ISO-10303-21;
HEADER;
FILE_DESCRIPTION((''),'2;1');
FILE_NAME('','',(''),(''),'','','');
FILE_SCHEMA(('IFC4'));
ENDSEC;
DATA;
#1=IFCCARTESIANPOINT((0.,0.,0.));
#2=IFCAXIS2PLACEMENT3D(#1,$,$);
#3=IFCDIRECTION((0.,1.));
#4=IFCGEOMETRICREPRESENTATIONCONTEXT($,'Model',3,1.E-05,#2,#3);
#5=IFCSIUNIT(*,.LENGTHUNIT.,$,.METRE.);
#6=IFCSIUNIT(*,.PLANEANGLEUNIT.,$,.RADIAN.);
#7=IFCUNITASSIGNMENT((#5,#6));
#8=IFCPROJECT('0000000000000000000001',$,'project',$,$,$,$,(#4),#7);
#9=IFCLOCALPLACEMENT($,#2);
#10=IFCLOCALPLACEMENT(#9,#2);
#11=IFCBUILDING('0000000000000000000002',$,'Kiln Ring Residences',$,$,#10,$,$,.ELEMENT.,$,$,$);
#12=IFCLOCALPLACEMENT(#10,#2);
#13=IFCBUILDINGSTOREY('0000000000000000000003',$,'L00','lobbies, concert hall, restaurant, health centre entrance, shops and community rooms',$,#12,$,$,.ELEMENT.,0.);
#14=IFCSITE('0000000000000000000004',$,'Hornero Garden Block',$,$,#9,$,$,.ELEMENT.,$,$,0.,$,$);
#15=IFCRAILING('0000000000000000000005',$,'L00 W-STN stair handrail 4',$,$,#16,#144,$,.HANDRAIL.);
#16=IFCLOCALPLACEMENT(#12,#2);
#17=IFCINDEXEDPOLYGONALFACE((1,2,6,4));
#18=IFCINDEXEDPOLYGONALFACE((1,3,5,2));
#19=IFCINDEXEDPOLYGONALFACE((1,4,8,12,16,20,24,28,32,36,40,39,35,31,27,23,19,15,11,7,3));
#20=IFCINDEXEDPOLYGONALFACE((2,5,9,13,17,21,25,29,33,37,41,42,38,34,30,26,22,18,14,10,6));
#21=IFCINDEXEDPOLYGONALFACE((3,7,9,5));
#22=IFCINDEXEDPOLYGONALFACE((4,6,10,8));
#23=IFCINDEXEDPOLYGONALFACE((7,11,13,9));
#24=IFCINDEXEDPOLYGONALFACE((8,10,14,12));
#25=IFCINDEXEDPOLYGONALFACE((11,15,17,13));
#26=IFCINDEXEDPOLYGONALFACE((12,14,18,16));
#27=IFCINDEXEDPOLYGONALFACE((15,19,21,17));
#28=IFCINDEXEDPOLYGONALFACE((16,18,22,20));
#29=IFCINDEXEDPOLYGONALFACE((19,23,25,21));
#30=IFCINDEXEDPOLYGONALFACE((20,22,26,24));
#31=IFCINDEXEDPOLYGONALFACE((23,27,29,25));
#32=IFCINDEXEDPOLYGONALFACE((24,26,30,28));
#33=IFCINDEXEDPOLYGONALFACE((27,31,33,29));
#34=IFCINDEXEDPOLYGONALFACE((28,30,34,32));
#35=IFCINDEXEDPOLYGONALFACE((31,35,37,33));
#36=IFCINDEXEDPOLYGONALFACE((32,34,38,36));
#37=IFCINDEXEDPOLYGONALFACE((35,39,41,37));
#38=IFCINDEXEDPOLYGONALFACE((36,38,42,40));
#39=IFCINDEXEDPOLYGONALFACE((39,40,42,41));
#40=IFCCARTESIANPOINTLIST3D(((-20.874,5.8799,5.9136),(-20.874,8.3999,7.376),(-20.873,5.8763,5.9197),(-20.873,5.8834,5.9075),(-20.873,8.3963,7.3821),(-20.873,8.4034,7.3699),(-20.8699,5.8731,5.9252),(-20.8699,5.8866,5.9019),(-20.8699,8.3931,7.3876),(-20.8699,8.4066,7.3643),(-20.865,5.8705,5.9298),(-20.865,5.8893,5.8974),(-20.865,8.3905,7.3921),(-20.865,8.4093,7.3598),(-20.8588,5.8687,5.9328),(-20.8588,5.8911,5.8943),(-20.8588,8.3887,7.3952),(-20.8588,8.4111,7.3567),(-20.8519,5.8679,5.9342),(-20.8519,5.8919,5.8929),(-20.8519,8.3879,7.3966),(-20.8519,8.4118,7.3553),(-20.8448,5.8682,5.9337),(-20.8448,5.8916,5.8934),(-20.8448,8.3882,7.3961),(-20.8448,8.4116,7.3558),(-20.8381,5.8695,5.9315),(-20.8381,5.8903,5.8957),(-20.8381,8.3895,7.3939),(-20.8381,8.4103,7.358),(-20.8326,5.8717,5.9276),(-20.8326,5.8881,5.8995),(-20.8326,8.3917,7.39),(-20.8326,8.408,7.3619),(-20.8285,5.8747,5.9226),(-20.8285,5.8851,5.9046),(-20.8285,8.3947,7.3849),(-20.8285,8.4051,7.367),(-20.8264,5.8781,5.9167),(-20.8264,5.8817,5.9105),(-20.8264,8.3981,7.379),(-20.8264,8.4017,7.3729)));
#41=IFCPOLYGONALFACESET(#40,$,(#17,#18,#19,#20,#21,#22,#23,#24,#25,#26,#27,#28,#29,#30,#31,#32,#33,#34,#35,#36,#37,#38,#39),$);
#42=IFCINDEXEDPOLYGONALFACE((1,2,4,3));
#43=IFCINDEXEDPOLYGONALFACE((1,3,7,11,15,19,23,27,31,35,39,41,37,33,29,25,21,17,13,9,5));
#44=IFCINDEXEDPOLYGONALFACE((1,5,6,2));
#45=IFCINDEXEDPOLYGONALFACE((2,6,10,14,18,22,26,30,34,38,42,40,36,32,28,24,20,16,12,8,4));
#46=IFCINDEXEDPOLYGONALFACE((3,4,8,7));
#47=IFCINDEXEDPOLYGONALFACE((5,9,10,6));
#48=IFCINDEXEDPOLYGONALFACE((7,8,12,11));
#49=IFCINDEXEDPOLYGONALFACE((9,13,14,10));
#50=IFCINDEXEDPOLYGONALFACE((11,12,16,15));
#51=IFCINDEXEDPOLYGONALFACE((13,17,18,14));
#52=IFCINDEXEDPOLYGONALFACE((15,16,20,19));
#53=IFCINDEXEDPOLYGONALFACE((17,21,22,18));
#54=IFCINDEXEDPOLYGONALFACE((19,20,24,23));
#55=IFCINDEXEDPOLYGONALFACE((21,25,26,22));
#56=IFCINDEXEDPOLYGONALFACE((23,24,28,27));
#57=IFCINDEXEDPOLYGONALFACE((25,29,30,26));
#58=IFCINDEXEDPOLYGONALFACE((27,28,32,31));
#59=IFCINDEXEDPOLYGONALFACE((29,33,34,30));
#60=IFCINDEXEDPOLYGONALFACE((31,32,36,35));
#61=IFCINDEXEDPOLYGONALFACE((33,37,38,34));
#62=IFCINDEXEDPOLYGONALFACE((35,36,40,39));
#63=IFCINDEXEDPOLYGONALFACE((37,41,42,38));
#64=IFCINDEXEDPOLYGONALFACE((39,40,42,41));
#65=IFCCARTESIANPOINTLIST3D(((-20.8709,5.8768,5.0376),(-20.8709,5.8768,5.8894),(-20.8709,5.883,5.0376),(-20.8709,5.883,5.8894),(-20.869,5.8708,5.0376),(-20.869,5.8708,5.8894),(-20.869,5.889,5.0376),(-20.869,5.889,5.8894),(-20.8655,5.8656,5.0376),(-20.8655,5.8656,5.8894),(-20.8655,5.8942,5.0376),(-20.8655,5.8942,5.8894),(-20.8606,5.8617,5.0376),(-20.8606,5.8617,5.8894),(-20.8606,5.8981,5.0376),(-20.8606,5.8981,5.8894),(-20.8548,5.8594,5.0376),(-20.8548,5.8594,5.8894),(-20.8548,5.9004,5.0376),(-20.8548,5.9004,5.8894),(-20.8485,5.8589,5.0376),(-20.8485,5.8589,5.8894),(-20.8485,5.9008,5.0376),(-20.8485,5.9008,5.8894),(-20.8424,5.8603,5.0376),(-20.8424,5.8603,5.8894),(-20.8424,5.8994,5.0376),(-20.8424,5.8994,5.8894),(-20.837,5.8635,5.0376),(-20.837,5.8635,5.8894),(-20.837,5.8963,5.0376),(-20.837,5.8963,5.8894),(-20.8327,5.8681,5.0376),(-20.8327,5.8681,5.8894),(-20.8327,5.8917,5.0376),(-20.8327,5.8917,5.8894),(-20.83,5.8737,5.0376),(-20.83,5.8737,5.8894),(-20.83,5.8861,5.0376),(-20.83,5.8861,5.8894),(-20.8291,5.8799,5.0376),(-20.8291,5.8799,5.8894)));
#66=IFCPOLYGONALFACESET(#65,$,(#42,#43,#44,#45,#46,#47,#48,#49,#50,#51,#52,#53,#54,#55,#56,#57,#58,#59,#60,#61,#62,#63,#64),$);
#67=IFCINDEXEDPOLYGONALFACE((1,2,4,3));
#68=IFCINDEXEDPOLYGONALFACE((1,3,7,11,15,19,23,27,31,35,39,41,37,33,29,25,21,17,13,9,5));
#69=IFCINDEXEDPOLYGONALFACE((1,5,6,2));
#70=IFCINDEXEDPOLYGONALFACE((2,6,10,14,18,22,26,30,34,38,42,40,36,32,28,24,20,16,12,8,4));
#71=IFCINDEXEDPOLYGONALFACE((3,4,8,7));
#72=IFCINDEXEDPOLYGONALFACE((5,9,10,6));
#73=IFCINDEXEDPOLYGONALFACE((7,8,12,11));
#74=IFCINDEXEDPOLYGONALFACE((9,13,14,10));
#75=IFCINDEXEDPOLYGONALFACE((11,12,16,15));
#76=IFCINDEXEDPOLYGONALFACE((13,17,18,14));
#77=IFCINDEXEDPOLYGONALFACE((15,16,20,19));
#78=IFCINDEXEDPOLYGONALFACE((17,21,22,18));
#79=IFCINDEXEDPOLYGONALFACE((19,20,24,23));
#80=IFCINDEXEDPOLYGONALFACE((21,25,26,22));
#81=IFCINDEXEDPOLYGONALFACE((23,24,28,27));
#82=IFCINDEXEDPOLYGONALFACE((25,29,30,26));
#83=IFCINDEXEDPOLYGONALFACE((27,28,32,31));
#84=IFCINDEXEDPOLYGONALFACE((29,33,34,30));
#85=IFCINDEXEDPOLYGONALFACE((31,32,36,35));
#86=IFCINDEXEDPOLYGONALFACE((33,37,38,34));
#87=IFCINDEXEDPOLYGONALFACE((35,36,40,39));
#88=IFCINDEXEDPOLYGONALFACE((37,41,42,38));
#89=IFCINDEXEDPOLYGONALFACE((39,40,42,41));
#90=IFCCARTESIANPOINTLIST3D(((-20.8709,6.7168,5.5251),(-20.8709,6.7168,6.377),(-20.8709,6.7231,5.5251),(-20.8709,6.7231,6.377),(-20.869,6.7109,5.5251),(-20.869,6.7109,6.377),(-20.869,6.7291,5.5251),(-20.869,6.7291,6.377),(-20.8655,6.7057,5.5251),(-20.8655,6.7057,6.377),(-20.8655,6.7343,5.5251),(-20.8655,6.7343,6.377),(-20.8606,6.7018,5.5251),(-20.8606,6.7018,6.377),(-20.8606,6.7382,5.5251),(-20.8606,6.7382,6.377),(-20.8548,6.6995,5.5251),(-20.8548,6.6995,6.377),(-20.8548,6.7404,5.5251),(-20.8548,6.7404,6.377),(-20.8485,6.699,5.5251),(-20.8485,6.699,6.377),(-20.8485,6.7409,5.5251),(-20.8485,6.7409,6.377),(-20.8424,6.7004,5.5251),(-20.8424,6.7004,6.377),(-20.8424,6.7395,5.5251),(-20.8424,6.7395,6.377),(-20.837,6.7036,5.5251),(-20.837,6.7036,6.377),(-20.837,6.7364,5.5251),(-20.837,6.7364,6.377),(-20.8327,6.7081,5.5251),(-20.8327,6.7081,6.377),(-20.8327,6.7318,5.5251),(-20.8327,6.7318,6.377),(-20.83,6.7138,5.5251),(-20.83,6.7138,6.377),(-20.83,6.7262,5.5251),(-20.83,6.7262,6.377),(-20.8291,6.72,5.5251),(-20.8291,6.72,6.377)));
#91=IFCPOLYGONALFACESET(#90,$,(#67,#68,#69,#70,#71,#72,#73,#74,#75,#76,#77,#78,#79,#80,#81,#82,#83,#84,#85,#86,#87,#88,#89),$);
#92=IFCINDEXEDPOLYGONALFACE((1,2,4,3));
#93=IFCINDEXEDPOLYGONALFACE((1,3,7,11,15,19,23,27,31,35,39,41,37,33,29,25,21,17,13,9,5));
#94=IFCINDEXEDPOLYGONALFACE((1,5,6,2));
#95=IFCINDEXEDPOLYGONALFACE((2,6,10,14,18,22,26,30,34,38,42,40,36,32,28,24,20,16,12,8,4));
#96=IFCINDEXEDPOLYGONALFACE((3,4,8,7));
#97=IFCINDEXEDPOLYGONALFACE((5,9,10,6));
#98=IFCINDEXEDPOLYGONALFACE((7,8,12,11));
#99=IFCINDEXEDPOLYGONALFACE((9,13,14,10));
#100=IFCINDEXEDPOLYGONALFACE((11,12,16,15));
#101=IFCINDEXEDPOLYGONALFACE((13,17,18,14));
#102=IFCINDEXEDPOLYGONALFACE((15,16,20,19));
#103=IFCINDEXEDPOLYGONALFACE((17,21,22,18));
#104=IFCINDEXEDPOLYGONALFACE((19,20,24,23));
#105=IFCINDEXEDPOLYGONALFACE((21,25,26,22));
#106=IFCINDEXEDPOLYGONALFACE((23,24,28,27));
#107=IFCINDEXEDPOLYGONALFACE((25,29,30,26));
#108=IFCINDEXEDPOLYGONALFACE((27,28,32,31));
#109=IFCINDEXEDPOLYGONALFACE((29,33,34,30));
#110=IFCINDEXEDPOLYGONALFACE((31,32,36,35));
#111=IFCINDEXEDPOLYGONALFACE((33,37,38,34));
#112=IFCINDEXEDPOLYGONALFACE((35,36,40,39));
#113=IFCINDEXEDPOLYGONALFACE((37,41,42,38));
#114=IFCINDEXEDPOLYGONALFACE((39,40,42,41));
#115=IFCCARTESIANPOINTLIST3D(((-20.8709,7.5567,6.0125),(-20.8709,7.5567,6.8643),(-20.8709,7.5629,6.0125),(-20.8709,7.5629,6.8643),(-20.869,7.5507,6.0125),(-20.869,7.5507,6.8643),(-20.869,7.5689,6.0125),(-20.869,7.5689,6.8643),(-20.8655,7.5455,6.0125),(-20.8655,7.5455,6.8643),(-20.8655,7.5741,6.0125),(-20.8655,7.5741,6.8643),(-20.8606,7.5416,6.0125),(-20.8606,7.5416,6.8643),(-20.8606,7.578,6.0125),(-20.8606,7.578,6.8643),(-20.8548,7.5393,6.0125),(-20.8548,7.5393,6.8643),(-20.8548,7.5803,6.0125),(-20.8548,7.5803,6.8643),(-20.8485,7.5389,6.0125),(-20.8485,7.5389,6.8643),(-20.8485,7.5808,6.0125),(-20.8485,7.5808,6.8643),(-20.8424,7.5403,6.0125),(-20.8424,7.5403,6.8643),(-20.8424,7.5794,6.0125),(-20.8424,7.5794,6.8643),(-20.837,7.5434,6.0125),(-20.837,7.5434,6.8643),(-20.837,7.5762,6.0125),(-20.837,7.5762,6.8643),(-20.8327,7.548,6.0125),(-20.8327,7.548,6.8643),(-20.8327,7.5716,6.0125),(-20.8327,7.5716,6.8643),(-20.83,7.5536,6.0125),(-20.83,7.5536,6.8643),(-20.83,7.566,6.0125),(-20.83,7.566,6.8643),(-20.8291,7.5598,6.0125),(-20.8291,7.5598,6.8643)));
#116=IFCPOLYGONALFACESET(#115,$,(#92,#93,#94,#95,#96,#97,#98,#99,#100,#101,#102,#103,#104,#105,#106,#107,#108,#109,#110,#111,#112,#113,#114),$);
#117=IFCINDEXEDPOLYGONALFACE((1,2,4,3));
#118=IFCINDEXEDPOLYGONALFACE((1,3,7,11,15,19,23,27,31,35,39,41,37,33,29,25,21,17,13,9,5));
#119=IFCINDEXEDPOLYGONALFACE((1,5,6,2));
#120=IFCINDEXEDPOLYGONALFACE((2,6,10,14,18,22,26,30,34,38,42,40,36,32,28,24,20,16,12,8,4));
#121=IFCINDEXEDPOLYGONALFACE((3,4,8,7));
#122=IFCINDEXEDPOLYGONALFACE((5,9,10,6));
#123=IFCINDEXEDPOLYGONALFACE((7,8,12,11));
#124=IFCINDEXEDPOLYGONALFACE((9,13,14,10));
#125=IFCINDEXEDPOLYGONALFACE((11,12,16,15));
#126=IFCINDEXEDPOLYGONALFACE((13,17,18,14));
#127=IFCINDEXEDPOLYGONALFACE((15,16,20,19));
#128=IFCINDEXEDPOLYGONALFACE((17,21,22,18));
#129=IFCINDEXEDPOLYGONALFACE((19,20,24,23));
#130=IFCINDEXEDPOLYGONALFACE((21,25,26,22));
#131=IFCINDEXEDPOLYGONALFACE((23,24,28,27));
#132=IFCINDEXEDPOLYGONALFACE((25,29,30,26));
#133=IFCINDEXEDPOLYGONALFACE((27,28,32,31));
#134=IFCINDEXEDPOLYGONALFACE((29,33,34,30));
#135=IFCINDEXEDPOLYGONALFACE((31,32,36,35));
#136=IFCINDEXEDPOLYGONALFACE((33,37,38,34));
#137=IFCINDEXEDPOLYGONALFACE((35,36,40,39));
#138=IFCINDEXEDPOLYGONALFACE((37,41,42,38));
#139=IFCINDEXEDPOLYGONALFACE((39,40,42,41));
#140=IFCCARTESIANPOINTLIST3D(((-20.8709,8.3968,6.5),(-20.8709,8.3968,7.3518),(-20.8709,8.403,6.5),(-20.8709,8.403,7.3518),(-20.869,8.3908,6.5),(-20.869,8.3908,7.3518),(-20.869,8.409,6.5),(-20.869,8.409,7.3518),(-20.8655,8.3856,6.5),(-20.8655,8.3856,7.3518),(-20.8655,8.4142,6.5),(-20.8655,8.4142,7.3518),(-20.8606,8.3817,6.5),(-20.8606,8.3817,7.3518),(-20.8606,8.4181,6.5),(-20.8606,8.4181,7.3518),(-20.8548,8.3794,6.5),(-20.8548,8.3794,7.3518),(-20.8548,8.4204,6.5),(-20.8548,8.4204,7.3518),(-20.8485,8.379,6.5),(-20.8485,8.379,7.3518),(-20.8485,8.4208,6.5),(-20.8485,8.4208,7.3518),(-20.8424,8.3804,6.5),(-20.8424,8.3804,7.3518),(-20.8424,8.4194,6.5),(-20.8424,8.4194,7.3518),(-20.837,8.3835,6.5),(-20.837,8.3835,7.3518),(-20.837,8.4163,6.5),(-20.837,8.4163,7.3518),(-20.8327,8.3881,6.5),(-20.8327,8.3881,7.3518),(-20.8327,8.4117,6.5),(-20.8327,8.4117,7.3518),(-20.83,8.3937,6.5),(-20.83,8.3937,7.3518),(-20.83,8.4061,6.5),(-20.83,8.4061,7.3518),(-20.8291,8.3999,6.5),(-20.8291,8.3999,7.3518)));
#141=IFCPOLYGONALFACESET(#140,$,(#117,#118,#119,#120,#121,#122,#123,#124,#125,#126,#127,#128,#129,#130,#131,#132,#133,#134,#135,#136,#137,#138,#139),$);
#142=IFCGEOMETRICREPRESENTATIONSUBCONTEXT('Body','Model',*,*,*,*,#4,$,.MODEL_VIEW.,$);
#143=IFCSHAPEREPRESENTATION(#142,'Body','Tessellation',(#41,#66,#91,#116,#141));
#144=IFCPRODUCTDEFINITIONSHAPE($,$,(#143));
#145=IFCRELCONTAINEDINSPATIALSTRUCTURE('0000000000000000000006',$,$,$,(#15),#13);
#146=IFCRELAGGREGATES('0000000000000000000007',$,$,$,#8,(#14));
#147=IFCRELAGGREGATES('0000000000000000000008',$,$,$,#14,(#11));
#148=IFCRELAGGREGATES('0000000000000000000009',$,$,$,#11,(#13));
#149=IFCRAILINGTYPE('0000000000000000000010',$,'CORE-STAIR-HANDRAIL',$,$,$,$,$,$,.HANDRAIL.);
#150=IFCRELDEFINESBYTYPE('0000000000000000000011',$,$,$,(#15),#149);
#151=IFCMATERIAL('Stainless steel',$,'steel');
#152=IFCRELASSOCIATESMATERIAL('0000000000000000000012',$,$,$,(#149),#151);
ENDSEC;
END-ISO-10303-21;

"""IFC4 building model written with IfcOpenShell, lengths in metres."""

from ifc_helpers import new_model, si_unit, direction, frame, origin, origin_2d, place, context, subcontext, project, spatial, circle, extrude, material, type_object, element, save


model = new_model("IFC4")

# Units and contexts
model_context = context("Model", 3, precision=1e-05, world=origin(), true_north=direction((0.0, 1.0)))
body_context = subcontext(model_context, "Body", "Model", "MODEL_VIEW")
ifc_project = project(units=[si_unit("LENGTHUNIT", "METRE"), si_unit("PLANEANGLEUNIT", "RADIAN")], contexts=[model_context])

# Site, building, storey
site_placement = place(None, origin())
site = spatial("IfcSite", under=ifc_project, at=site_placement, Name="Hornero Garden Block", CompositionType="ELEMENT", RefElevation=0.0)
building_placement = place(site_placement, origin())
building = spatial("IfcBuilding", under=site, at=building_placement, Name="Kiln Ring Residences", CompositionType="ELEMENT")
storey_placement = place(building_placement, origin())
storey = spatial("IfcBuildingStorey", under=building, at=storey_placement, Name="L00", Description="lobbies, concert hall, restaurant, health centre entrance, shops and community rooms", CompositionType="ELEMENT", Elevation=0.0)

# Railing
ifc_material_1 = material(Name="Stainless steel", Category="steel")
railing_type_1 = type_object("IfcRailingType", Name="CORE-STAIR-HANDRAIL", PredefinedType="HANDRAIL", material=ifc_material_1)
for number, where, name in (
    (1, (-20.8501, 5.8799, 5.0376), "L00 W-STN stair handrail 4"),
):
    element("IfcRailing", number, at=place(storey_placement, frame(where)), inside=storey, type_object=railing_type_1, Name=name, PredefinedType="HANDRAIL", context=body_context, shape_type="SweptSolid", body=[
        extrude(circle(Radius=0.0239, at=origin_2d()), frame((0.0, 0.0, 0.876), z_axis=(0.0, 0.864913, 0.501921), x_axis=(-1.0, 0.0, 0.0)), (0.0, 0.0, 1.0), 2.9136),
        extrude(circle(Radius=0.021, at=origin_2d()), origin(), (0.0, 0.0, 1.0), 0.8518),
        extrude(circle(Radius=0.021, at=origin_2d()), frame((0.0, 0.8401, 0.4875)), (0.0, 0.0, 1.0), 0.8518),
        extrude(circle(Radius=0.021, at=origin_2d()), frame((0.0, 1.6799, 0.9749)), (0.0, 0.0, 1.0), 0.8518),
        extrude(circle(Radius=0.021, at=origin_2d()), frame((0.0, 2.52, 1.4624)), (0.0, 0.0, 1.0), 0.8518),
    ])

save(model, "model.ifc")
